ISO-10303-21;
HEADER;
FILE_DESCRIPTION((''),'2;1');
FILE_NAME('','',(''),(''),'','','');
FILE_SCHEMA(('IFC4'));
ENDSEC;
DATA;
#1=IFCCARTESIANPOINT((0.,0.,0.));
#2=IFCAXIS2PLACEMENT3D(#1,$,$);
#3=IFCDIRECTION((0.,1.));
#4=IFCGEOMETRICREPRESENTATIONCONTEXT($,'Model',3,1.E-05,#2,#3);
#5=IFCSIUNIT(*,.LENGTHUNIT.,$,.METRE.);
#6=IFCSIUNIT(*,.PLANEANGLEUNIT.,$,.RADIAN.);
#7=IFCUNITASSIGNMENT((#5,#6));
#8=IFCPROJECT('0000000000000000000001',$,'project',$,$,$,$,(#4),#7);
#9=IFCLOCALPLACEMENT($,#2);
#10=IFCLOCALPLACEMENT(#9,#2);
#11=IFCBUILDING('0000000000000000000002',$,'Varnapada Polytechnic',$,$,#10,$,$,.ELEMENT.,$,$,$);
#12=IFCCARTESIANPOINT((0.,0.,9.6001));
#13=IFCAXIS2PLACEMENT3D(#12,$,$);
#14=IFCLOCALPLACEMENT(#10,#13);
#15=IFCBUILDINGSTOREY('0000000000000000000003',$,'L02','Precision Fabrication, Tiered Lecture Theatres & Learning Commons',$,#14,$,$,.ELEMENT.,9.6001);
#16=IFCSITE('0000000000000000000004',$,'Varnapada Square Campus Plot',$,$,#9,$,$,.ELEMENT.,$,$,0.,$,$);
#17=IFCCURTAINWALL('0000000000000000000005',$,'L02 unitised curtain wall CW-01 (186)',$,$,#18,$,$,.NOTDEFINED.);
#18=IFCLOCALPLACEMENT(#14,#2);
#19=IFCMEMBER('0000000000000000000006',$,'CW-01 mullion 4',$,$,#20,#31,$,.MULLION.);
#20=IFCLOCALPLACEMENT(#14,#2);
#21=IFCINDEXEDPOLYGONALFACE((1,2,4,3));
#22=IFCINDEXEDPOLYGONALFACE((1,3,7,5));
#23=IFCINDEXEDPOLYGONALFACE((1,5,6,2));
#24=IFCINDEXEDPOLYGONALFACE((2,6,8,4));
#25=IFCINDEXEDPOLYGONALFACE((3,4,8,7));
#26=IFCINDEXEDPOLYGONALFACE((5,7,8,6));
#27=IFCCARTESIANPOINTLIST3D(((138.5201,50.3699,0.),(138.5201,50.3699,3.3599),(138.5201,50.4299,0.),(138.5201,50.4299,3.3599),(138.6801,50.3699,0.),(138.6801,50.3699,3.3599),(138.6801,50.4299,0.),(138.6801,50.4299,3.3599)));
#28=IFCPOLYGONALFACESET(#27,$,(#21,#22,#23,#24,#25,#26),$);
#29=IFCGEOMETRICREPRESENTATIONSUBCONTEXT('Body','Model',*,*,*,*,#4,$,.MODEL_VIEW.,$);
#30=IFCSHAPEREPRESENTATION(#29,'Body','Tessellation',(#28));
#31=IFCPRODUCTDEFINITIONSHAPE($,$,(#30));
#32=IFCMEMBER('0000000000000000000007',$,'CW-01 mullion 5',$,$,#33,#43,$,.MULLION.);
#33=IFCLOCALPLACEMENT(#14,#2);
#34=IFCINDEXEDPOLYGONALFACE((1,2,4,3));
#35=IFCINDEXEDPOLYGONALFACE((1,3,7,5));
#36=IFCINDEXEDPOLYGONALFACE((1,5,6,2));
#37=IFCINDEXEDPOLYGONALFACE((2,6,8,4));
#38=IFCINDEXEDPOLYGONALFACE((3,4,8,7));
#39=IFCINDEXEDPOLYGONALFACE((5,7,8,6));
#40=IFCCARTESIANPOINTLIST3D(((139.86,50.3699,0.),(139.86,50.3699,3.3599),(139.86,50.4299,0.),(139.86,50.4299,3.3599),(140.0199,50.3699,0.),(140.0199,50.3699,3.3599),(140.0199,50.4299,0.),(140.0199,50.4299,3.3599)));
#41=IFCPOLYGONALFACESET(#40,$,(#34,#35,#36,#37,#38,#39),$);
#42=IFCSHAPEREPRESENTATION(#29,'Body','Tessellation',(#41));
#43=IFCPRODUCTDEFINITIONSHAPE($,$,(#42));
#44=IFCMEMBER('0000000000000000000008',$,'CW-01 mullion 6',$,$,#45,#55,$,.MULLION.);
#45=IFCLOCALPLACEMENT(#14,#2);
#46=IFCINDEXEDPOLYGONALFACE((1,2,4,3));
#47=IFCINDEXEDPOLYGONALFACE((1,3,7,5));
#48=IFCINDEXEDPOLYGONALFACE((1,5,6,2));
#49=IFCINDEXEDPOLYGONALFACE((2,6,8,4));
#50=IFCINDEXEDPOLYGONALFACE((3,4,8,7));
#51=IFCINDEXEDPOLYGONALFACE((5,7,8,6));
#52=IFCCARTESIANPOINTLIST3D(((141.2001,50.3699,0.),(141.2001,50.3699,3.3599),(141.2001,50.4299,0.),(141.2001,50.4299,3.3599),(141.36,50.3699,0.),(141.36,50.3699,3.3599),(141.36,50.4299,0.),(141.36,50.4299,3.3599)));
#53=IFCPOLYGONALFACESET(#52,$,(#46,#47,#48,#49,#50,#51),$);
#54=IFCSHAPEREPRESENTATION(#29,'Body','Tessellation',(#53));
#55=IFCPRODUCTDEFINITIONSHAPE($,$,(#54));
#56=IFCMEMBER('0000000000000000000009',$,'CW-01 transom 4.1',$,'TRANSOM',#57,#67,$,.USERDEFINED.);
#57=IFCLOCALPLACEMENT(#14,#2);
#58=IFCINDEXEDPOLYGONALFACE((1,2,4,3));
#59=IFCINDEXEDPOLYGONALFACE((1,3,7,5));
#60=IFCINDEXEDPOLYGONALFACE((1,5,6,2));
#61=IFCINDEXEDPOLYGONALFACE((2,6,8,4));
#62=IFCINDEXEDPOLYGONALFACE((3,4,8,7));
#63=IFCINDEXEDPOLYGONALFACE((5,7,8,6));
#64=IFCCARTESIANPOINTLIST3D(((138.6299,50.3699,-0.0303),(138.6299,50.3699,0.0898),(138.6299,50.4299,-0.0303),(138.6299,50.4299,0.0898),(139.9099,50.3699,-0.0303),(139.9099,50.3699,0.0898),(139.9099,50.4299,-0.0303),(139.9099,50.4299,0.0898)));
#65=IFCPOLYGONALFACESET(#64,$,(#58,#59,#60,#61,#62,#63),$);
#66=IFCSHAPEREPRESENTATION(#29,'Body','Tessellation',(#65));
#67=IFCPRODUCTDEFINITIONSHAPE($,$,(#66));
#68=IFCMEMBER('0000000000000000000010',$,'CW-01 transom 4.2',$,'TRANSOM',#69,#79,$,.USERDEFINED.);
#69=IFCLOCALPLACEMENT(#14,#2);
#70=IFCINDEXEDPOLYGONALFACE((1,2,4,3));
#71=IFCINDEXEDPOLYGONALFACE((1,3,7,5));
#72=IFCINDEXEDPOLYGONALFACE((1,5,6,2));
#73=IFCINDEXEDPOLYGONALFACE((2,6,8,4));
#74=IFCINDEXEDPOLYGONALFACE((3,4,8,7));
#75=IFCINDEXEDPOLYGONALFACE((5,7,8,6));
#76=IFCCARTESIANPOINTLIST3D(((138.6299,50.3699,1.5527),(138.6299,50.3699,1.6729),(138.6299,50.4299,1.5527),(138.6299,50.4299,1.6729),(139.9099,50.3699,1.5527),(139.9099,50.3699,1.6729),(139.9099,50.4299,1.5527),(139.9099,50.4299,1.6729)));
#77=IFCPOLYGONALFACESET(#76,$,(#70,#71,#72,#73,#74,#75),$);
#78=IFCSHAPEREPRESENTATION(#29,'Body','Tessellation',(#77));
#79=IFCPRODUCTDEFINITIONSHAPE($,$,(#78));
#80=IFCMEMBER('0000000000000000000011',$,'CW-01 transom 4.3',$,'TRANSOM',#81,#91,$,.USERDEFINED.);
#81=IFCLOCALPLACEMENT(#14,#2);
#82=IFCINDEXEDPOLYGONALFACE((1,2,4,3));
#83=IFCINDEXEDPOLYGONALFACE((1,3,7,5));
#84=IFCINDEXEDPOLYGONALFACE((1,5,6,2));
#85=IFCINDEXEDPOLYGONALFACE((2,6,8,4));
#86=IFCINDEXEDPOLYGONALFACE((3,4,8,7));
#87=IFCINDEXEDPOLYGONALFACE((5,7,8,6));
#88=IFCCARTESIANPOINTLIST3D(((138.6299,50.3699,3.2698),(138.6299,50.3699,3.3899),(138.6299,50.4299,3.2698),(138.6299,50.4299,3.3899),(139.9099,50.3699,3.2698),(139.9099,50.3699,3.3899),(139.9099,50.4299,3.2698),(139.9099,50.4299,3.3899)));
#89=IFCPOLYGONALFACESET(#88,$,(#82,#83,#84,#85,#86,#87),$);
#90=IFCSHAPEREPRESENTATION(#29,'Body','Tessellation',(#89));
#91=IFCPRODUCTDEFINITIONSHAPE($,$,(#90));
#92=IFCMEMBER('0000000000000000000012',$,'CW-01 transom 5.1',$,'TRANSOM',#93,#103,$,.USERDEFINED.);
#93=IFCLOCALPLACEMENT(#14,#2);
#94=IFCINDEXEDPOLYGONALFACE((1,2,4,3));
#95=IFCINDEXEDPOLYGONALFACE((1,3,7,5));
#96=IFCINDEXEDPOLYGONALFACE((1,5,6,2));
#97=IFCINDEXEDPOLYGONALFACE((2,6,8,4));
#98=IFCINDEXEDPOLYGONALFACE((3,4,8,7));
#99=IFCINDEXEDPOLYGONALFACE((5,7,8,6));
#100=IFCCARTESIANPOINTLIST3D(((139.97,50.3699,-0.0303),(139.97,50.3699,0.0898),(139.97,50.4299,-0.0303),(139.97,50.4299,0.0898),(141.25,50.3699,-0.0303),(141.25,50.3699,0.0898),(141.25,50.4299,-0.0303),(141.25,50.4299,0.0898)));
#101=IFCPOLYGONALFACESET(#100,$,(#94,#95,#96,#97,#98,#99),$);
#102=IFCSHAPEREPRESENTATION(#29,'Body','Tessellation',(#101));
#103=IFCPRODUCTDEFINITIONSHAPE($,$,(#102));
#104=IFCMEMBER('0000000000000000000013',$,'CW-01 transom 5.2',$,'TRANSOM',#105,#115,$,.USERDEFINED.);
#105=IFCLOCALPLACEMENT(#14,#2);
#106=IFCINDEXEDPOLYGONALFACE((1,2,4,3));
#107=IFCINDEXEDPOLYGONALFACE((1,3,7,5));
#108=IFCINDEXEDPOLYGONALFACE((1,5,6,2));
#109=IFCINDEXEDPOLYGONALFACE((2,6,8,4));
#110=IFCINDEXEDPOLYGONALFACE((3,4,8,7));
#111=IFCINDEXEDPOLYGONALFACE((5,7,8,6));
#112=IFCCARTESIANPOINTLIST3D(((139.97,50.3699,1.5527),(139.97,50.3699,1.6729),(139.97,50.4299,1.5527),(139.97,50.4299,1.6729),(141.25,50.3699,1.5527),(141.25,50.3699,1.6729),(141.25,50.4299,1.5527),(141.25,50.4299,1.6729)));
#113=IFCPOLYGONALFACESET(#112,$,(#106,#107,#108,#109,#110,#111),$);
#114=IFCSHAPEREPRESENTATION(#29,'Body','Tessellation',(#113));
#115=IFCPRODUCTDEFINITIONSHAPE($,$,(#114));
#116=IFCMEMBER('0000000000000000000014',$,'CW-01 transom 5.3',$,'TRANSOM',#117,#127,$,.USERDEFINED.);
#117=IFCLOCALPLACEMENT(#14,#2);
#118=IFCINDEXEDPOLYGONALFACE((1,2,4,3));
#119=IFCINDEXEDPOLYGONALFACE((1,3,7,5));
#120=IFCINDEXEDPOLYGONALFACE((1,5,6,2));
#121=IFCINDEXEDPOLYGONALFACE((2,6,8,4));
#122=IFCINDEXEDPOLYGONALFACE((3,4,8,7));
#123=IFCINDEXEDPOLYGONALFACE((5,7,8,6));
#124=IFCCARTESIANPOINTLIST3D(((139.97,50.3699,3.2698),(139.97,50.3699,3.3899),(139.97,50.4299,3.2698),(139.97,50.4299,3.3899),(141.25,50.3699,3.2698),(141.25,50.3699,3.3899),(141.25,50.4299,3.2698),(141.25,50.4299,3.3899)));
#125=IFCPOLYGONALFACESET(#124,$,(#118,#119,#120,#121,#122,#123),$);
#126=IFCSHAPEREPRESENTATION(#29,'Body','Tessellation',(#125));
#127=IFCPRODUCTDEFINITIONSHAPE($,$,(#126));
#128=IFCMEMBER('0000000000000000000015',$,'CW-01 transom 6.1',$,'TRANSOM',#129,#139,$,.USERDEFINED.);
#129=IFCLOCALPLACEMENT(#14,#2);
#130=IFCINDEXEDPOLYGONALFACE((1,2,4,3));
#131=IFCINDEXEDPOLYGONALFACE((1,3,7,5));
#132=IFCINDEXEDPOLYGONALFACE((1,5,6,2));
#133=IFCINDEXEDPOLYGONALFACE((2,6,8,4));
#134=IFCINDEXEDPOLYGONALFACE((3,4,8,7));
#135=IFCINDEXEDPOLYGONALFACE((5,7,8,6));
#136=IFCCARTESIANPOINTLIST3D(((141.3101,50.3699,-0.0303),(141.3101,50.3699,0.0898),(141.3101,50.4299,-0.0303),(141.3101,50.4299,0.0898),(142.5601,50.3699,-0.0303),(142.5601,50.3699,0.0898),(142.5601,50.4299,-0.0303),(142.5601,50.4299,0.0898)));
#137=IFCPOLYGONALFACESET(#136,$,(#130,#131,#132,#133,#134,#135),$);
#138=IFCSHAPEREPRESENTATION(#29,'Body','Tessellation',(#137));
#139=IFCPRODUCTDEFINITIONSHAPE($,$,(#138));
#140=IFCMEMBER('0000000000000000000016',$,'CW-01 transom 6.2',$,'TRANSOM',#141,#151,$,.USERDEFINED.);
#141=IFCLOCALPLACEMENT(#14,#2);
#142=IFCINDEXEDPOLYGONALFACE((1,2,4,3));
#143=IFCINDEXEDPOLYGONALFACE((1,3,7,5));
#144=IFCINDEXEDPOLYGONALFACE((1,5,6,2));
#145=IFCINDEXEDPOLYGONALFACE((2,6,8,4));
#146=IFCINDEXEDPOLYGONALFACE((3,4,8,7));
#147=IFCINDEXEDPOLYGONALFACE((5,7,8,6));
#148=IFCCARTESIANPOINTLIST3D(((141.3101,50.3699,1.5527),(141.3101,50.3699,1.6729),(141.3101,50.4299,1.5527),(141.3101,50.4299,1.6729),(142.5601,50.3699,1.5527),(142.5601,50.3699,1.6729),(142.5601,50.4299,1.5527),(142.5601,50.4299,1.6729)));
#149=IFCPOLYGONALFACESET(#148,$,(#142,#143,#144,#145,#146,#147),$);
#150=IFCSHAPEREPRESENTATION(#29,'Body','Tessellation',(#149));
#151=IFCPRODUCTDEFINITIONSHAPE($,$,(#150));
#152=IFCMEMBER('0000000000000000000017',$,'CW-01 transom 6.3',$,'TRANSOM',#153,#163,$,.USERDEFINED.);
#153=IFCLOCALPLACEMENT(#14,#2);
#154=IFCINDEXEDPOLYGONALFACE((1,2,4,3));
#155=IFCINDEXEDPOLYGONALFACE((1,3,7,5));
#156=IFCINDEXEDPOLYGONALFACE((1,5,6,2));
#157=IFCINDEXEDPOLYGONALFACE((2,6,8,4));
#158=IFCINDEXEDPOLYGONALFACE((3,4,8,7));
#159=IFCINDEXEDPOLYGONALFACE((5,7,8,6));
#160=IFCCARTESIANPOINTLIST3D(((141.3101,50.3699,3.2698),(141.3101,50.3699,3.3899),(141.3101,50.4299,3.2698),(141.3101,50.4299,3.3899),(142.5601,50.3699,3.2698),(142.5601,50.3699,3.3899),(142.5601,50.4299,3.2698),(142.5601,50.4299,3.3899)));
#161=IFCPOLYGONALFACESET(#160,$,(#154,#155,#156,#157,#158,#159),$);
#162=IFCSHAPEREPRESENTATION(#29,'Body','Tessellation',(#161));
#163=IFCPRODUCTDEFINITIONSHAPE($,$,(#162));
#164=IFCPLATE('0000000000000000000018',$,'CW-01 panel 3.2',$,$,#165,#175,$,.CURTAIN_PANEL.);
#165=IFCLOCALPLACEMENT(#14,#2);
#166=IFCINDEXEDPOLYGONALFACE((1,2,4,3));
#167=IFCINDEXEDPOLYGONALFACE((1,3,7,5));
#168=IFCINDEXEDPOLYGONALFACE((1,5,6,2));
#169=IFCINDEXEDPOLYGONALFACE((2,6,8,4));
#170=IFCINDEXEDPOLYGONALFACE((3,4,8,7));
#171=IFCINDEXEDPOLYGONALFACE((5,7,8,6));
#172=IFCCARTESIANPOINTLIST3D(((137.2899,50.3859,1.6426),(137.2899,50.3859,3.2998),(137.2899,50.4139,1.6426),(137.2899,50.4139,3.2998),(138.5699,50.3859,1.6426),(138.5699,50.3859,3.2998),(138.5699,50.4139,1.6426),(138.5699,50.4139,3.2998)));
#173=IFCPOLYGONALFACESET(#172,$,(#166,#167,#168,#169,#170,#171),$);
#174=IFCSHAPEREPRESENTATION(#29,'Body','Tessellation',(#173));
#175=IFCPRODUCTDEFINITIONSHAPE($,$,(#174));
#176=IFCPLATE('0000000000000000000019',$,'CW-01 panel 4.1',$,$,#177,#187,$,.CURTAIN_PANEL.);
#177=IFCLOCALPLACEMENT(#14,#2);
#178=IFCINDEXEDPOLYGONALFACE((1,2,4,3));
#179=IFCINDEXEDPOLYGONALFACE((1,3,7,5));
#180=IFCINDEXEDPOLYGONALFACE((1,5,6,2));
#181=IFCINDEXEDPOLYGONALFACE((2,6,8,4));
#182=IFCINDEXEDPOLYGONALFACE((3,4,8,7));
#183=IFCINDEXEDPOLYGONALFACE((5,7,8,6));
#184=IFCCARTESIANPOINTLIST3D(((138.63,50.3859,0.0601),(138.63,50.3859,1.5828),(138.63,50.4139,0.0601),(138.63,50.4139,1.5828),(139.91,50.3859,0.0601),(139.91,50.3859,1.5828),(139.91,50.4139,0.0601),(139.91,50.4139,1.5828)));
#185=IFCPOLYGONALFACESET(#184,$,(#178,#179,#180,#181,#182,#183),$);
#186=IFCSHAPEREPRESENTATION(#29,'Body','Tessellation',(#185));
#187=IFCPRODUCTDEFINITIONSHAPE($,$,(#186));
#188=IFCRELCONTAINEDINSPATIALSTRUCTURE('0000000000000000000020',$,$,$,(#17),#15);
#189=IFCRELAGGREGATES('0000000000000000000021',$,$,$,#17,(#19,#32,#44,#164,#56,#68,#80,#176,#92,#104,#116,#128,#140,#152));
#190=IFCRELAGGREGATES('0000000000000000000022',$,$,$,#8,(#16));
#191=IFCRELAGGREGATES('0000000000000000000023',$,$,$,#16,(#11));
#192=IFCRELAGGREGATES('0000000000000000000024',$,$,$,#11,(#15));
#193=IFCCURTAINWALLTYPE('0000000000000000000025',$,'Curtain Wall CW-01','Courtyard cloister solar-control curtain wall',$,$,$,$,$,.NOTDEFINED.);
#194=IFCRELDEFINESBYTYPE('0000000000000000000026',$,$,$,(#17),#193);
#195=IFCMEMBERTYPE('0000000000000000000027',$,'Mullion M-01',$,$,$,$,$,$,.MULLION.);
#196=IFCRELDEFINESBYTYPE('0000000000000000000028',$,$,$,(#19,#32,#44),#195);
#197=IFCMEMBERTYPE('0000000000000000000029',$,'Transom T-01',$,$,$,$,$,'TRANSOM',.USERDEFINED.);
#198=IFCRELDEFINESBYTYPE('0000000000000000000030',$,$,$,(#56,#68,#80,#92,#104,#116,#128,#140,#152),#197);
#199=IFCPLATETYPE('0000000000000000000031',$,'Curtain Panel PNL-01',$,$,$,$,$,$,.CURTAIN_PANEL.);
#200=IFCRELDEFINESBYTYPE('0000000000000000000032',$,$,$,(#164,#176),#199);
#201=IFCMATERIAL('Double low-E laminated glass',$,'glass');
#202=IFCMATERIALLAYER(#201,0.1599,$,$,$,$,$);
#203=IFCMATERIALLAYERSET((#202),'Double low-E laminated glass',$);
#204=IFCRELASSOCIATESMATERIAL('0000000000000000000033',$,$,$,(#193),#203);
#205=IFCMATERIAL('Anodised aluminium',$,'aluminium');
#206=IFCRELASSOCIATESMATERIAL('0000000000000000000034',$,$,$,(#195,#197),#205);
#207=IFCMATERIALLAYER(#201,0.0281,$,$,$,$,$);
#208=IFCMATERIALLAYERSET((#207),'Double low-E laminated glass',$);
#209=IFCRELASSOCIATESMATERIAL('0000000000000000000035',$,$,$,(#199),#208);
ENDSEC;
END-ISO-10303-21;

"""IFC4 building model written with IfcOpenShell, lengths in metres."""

from ifc_helpers import new_model, si_unit, direction, frame, origin, origin_2d, place, context, subcontext, project, spatial, rectangle, extrude, material, layer, layer_set, material_profile, profile_set, type_object, element, aggregate, save


model = new_model("IFC4")

# Units and contexts
model_context = context("Model", 3, precision=1e-05, world=origin(), true_north=direction((0.0, 1.0)))
body_context = subcontext(model_context, "Body", "Model", "MODEL_VIEW")
ifc_project = project(units=[si_unit("LENGTHUNIT", "METRE"), si_unit("PLANEANGLEUNIT", "RADIAN")], contexts=[model_context])

# Site, building, storey
site_placement = place(None, origin())
site = spatial("IfcSite", under=ifc_project, at=site_placement, Name="Varnapada Square Campus Plot", CompositionType="ELEMENT", RefElevation=0.0)
building_placement = place(site_placement, origin())
building = spatial("IfcBuilding", under=site, at=building_placement, Name="Varnapada Polytechnic", CompositionType="ELEMENT")
storey_placement = place(building_placement, frame((0.0, 0.0, 9.6001)))
storey = spatial("IfcBuildingStorey", under=building, at=storey_placement, Name="L02", Description="Precision Fabrication, Tiered Lecture Theatres & Learning Commons", CompositionType="ELEMENT", Elevation=9.6001)

# Curtain wall, members, plates
ifc_material_1 = material(Name="Double low-E laminated glass", Category="glass")
ifc_layer_1 = layer(ifc_material_1, 0.1599)
ifc_layer_set_1 = layer_set([ifc_layer_1], Name="Double low-E laminated glass")
curtain_wall_type = type_object("IfcCurtainWallType", Name="Curtain Wall CW-01", Description="Courtyard cloister solar-control curtain wall", PredefinedType="NOTDEFINED", material=ifc_layer_set_1)
curtain_wall_placement = place(storey_placement, origin())
curtain_wall = element("IfcCurtainWall", 1, at=curtain_wall_placement, inside=storey, type_object=curtain_wall_type, Name="L02 unitised curtain wall CW-01 (186)", PredefinedType="NOTDEFINED")
ifc_material_2 = material(Name="Anodised aluminium", Category="aluminium")
ifc_material_profile_1 = material_profile(ifc_material_2, rectangle(XDim=0.0601, YDim=0.1599, at=origin_2d()), Name="ALU M60x160")
ifc_profile_set_1 = profile_set([ifc_material_profile_1], Name="Anodised aluminium")
member_type_1 = type_object("IfcMemberType", Name="Mullion M-01", PredefinedType="MULLION", material=ifc_profile_set_1)
member_1_placement = place(storey_placement, frame((138.6001, 50.3999, 0.0), z_axis=(0.0, 0.0, 1.0), x_axis=(0.0, 1.0, 0.0)))
member_1 = element("IfcMember", 2, at=member_1_placement, type_object=member_type_1, Name="CW-01 mullion 4", PredefinedType="MULLION", context=body_context, shape_type="SweptSolid", body=[
    extrude(rectangle(XDim=0.0601, YDim=0.1599, at=origin_2d()), origin(), (0.0, 0.0, 1.0), 3.3599),
])
member_2_placement = place(storey_placement, frame((139.9399, 50.3999, 0.0), z_axis=(0.0, 0.0, 1.0), x_axis=(0.0, 1.0, 0.0)))
member_2 = element("IfcMember", 3, at=member_2_placement, type_object=member_type_1, Name="CW-01 mullion 5", PredefinedType="MULLION", context=body_context, shape_type="SweptSolid", body=[
    extrude(rectangle(XDim=0.0601, YDim=0.1599, at=origin_2d()), origin(), (0.0, 0.0, 1.0), 3.3599),
])
member_3_placement = place(storey_placement, frame((141.28, 50.3999, 0.0), z_axis=(0.0, 0.0, 1.0), x_axis=(0.0, 1.0, 0.0)))
member_3 = element("IfcMember", 4, at=member_3_placement, type_object=member_type_1, Name="CW-01 mullion 6", PredefinedType="MULLION", context=body_context, shape_type="SweptSolid", body=[
    extrude(rectangle(XDim=0.0601, YDim=0.1599, at=origin_2d()), origin(), (0.0, 0.0, 1.0), 3.3599),
])
ifc_material_profile_2 = material_profile(ifc_material_2, rectangle(XDim=0.0601, YDim=0.1201, at=origin_2d()), Name="ALU T60x120")
ifc_profile_set_2 = profile_set([ifc_material_profile_2], Name="Anodised aluminium")
member_type_2 = type_object("IfcMemberType", Name="Transom T-01", ElementType="TRANSOM", PredefinedType="USERDEFINED", material=ifc_profile_set_2)
member_4_placement = place(storey_placement, frame((138.6299, 50.3999, 0.0298), z_axis=(1.0, 0.0, 0.0), x_axis=(0.0, 1.0, 0.0)))
member_4 = element("IfcMember", 5, at=member_4_placement, type_object=member_type_2, Name="CW-01 transom 4.1", ObjectType="TRANSOM", PredefinedType="USERDEFINED", context=body_context, shape_type="SweptSolid", body=[
    extrude(rectangle(XDim=0.0601, YDim=0.1201, at=origin_2d()), origin(), (0.0, 0.0, 1.0), 1.28),
])
member_5_placement = place(storey_placement, frame((138.6299, 50.3999, 1.6128), z_axis=(1.0, 0.0, 0.0), x_axis=(0.0, 1.0, 0.0)))
member_5 = element("IfcMember", 6, at=member_5_placement, type_object=member_type_2, Name="CW-01 transom 4.2", ObjectType="TRANSOM", PredefinedType="USERDEFINED", context=body_context, shape_type="SweptSolid", body=[
    extrude(rectangle(XDim=0.0601, YDim=0.1201, at=origin_2d()), origin(), (0.0, 0.0, 1.0), 1.28),
])
member_6_placement = place(storey_placement, frame((138.6299, 50.3999, 3.3298), z_axis=(1.0, 0.0, 0.0), x_axis=(0.0, 1.0, 0.0)))
member_6 = element("IfcMember", 7, at=member_6_placement, type_object=member_type_2, Name="CW-01 transom 4.3", ObjectType="TRANSOM", PredefinedType="USERDEFINED", context=body_context, shape_type="SweptSolid", body=[
    extrude(rectangle(XDim=0.0601, YDim=0.1201, at=origin_2d()), origin(), (0.0, 0.0, 1.0), 1.28),
])
member_7_placement = place(storey_placement, frame((139.97, 50.3999, 0.0298), z_axis=(1.0, 0.0, 0.0), x_axis=(0.0, 1.0, 0.0)))
member_7 = element("IfcMember", 8, at=member_7_placement, type_object=member_type_2, Name="CW-01 transom 5.1", ObjectType="TRANSOM", PredefinedType="USERDEFINED", context=body_context, shape_type="SweptSolid", body=[
    extrude(rectangle(XDim=0.0601, YDim=0.1201, at=origin_2d()), origin(), (0.0, 0.0, 1.0), 1.28),
])
member_8_placement = place(storey_placement, frame((139.97, 50.3999, 1.6128), z_axis=(1.0, 0.0, 0.0), x_axis=(0.0, 1.0, 0.0)))
member_8 = element("IfcMember", 9, at=member_8_placement, type_object=member_type_2, Name="CW-01 transom 5.2", ObjectType="TRANSOM", PredefinedType="USERDEFINED", context=body_context, shape_type="SweptSolid", body=[
    extrude(rectangle(XDim=0.0601, YDim=0.1201, at=origin_2d()), origin(), (0.0, 0.0, 1.0), 1.28),
])
member_9_placement = place(storey_placement, frame((139.97, 50.3999, 3.3298), z_axis=(1.0, 0.0, 0.0), x_axis=(0.0, 1.0, 0.0)))
member_9 = element("IfcMember", 10, at=member_9_placement, type_object=member_type_2, Name="CW-01 transom 5.3", ObjectType="TRANSOM", PredefinedType="USERDEFINED", context=body_context, shape_type="SweptSolid", body=[
    extrude(rectangle(XDim=0.0601, YDim=0.1201, at=origin_2d()), origin(), (0.0, 0.0, 1.0), 1.28),
])
member_10_placement = place(storey_placement, frame((141.3101, 50.3999, 0.0298), z_axis=(1.0, 0.0, 0.0), x_axis=(0.0, 1.0, 0.0)))
member_10 = element("IfcMember", 11, at=member_10_placement, type_object=member_type_2, Name="CW-01 transom 6.1", ObjectType="TRANSOM", PredefinedType="USERDEFINED", context=body_context, shape_type="SweptSolid", body=[
    extrude(rectangle(XDim=0.0601, YDim=0.1201, at=origin_2d()), origin(), (0.0, 0.0, 1.0), 1.25),
])
member_11_placement = place(storey_placement, frame((141.3101, 50.3999, 1.6128), z_axis=(1.0, 0.0, 0.0), x_axis=(0.0, 1.0, 0.0)))
member_11 = element("IfcMember", 12, at=member_11_placement, type_object=member_type_2, Name="CW-01 transom 6.2", ObjectType="TRANSOM", PredefinedType="USERDEFINED", context=body_context, shape_type="SweptSolid", body=[
    extrude(rectangle(XDim=0.0601, YDim=0.1201, at=origin_2d()), origin(), (0.0, 0.0, 1.0), 1.25),
])
member_12_placement = place(storey_placement, frame((141.3101, 50.3999, 3.3298), z_axis=(1.0, 0.0, 0.0), x_axis=(0.0, 1.0, 0.0)))
member_12 = element("IfcMember", 13, at=member_12_placement, type_object=member_type_2, Name="CW-01 transom 6.3", ObjectType="TRANSOM", PredefinedType="USERDEFINED", context=body_context, shape_type="SweptSolid", body=[
    extrude(rectangle(XDim=0.0601, YDim=0.1201, at=origin_2d()), origin(), (0.0, 0.0, 1.0), 1.25),
])
ifc_layer_2 = layer(ifc_material_1, 0.0281)
ifc_layer_set_2 = layer_set([ifc_layer_2], Name="Double low-E laminated glass")
plate_type = type_object("IfcPlateType", Name="Curtain Panel PNL-01", PredefinedType="CURTAIN_PANEL", material=ifc_layer_set_2)
plate_1_placement = place(storey_placement, frame((137.9299, 50.3999, 1.6426), z_axis=(0.0, 0.0, 1.0), x_axis=(1.0, 0.0, 0.0)))
plate_1 = element("IfcPlate", 14, at=plate_1_placement, type_object=plate_type, Name="CW-01 panel 3.2", PredefinedType="CURTAIN_PANEL", context=body_context, shape_type="SweptSolid", body=[
    extrude(rectangle(XDim=1.28, YDim=0.0281, at=origin_2d()), origin(), (0.0, 0.0, 1.0), 1.6572),
])
plate_2_placement = place(storey_placement, frame((139.27, 50.3999, 0.0601), z_axis=(0.0, 0.0, 1.0), x_axis=(1.0, 0.0, 0.0)))
plate_2 = element("IfcPlate", 15, at=plate_2_placement, type_object=plate_type, Name="CW-01 panel 4.1", PredefinedType="CURTAIN_PANEL", context=body_context, shape_type="SweptSolid", body=[
    extrude(rectangle(XDim=1.28, YDim=0.0281, at=origin_2d()), origin(), (0.0, 0.0, 1.0), 1.5227),
])
aggregate(curtain_wall, [member_1, member_2, member_3, plate_1, member_4, member_5, member_6, plate_2, member_7, member_8, member_9, member_10, member_11, member_12])

save(model, "model.ifc")
